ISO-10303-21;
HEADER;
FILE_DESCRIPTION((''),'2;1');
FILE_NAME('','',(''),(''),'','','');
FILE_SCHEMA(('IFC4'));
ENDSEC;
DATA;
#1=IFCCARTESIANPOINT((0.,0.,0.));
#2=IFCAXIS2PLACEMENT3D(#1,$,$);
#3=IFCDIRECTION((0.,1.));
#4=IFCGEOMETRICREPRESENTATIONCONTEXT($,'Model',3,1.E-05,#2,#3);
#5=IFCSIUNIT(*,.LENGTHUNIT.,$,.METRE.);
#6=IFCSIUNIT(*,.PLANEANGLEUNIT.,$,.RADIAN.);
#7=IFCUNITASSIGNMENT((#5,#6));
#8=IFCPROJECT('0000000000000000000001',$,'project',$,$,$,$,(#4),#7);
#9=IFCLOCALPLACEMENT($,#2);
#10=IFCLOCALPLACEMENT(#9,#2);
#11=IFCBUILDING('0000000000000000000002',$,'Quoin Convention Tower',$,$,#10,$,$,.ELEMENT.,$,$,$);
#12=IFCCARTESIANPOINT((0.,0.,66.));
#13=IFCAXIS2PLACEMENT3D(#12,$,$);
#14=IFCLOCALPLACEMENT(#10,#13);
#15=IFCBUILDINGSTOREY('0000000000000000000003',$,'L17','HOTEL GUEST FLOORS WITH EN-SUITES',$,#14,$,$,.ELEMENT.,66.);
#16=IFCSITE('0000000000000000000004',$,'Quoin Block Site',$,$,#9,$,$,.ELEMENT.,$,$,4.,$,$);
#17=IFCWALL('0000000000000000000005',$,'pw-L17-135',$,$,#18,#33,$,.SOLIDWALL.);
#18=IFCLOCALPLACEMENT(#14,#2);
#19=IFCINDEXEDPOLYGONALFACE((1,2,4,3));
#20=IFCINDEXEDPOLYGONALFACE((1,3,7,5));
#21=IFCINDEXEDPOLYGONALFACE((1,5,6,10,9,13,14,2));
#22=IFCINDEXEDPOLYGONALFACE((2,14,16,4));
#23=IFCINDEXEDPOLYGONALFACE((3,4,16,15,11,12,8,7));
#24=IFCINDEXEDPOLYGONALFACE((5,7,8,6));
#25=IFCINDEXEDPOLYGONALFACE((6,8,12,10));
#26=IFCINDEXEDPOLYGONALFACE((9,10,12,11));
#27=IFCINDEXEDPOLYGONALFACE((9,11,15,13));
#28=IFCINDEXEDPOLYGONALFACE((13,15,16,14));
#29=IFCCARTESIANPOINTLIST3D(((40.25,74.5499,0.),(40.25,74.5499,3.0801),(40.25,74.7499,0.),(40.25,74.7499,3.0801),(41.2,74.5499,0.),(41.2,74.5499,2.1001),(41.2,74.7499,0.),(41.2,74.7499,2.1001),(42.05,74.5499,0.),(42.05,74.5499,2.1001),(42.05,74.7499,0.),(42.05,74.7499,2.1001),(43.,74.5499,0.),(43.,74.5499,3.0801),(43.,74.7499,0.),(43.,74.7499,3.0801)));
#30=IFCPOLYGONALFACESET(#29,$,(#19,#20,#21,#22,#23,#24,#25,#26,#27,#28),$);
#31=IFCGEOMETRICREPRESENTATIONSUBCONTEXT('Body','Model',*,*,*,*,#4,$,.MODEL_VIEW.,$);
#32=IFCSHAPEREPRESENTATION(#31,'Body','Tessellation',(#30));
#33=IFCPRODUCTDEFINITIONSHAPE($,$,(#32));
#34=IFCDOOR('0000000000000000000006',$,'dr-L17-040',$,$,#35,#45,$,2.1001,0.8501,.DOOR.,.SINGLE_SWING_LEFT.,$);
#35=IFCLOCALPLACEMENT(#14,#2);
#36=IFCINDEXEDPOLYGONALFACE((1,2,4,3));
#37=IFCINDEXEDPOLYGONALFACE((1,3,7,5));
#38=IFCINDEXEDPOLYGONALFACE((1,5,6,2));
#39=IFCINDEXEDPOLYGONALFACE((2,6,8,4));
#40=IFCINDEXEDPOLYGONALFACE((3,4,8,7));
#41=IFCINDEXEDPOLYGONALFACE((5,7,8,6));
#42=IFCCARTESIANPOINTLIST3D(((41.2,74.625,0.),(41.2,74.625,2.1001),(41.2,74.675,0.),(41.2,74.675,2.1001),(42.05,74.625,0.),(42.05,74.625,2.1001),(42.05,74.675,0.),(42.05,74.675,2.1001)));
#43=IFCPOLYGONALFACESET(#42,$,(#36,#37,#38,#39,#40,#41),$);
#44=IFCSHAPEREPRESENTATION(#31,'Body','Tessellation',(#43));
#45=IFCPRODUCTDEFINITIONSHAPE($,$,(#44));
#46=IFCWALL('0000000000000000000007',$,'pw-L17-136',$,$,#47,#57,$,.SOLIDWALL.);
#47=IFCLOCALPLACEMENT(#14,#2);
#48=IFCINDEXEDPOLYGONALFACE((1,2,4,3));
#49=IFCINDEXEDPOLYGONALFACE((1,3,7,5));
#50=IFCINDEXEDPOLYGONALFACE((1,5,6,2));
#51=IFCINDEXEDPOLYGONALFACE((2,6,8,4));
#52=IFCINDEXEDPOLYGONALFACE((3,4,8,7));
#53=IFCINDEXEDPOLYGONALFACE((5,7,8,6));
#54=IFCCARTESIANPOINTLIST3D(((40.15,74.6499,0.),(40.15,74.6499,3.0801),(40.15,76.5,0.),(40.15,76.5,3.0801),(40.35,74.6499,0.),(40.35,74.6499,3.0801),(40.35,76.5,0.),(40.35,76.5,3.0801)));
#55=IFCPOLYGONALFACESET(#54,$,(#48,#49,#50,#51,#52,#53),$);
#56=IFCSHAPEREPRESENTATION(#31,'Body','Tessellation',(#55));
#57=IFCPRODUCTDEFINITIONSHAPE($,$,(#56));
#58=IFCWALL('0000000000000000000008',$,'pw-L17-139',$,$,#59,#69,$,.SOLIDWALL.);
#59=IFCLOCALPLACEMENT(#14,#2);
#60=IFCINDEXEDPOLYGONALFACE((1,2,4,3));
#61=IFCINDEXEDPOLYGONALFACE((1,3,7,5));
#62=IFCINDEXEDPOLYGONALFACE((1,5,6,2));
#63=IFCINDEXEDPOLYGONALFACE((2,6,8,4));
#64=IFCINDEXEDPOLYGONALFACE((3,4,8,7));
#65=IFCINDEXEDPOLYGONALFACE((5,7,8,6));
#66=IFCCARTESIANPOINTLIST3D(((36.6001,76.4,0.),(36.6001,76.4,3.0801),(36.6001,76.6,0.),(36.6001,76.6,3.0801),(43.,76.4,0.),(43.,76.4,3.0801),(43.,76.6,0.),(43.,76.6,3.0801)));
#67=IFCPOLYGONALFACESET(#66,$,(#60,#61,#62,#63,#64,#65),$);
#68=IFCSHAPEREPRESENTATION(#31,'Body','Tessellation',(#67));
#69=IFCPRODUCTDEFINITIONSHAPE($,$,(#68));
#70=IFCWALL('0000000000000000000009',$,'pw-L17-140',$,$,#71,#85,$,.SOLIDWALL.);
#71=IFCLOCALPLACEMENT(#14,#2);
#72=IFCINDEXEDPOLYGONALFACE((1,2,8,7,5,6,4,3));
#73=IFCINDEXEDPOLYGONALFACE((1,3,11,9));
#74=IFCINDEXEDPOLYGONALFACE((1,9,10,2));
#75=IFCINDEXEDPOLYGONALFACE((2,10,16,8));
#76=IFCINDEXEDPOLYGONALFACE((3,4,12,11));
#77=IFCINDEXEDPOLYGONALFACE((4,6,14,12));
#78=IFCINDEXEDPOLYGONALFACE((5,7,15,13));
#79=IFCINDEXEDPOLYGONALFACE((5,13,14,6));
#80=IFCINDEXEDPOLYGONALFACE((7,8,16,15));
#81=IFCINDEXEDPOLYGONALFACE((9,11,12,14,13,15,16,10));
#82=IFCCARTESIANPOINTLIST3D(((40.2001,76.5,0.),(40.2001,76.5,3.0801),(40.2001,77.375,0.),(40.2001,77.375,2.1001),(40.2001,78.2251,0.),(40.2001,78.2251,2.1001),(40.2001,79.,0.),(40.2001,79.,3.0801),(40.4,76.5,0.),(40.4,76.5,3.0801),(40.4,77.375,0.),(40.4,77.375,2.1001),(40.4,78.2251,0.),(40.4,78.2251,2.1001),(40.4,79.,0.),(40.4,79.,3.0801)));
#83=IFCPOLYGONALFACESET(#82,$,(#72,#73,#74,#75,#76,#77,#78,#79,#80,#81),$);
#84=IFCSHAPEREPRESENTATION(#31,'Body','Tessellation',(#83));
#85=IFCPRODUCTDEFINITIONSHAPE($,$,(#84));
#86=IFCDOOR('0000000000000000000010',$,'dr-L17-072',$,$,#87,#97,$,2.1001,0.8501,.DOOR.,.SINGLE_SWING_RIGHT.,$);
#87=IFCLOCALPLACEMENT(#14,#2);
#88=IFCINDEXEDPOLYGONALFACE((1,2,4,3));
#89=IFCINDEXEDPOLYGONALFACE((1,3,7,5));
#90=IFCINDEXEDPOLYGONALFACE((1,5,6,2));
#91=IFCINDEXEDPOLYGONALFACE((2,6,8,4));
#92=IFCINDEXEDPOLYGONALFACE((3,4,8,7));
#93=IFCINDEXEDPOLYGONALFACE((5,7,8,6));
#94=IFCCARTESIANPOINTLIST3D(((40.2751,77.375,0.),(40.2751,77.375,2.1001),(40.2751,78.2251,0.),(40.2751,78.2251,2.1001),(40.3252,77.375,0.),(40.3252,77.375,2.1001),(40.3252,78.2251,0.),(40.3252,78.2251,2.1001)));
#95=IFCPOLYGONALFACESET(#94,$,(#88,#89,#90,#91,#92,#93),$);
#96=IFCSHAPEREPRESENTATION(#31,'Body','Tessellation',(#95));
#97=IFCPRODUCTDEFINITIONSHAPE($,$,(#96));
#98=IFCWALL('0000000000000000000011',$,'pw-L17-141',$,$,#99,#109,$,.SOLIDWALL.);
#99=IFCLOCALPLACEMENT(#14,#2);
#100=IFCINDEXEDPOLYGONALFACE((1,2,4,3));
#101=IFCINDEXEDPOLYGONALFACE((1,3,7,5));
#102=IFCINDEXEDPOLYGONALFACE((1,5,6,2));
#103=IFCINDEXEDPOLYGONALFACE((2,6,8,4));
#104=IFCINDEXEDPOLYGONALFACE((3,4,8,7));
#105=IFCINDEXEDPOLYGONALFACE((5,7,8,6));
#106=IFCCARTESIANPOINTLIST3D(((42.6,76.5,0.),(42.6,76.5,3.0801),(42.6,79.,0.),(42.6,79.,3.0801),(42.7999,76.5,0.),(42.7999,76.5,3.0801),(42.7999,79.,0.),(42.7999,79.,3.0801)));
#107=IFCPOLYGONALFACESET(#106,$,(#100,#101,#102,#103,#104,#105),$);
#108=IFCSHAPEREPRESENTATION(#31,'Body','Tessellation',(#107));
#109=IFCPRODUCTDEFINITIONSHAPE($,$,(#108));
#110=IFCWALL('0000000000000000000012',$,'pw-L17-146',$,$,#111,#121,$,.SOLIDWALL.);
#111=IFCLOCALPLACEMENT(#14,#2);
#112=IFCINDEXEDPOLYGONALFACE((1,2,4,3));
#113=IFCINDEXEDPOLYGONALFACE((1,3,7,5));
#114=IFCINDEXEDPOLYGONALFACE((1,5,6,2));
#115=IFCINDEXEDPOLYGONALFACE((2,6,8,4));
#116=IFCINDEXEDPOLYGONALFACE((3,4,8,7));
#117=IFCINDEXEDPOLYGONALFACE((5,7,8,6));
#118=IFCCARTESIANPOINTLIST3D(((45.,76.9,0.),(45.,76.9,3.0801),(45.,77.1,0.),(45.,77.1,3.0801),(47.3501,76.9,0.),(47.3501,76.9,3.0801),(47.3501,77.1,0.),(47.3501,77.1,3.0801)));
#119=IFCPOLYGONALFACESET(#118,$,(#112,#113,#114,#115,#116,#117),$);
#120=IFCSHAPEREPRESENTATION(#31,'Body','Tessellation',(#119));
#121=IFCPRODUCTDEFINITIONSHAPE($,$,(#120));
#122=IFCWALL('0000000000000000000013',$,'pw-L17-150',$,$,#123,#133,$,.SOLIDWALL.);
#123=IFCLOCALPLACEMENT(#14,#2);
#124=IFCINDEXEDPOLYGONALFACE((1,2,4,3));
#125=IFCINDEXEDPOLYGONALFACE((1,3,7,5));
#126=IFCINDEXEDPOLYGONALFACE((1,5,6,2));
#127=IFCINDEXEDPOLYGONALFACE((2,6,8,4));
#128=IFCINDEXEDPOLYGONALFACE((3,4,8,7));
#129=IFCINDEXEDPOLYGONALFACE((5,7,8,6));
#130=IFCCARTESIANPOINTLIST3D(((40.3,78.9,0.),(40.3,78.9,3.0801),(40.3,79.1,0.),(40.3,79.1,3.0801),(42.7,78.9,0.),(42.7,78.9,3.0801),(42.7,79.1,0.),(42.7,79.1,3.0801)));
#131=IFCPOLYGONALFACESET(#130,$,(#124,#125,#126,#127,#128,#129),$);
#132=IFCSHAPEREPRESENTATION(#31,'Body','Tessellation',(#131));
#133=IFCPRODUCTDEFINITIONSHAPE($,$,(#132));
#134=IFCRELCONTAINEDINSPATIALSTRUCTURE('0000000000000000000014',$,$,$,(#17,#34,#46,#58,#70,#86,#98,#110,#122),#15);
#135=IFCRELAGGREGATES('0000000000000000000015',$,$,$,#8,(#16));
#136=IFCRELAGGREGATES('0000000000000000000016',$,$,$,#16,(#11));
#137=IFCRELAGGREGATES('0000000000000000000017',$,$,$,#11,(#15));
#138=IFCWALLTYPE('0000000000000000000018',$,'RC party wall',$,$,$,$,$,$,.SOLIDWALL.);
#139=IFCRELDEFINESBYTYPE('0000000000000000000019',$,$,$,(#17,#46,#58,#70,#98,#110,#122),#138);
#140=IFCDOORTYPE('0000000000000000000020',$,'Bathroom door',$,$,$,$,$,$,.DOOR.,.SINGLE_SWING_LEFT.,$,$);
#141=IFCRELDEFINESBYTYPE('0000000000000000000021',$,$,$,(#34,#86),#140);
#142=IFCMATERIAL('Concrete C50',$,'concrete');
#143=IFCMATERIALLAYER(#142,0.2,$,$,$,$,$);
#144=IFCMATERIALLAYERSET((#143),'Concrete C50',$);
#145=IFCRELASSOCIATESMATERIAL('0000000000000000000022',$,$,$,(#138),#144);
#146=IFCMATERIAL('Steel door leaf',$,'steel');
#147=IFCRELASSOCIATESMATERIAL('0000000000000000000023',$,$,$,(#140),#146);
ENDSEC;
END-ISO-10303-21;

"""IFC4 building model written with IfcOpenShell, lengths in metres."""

from ifc_helpers import new_model, si_unit, direction, frame, frame_2d, origin, place, context, subcontext, project, spatial, rectangle, extrude, material, layer, layer_set, type_object, element, fill, save


model = new_model("IFC4")

# Units and contexts
model_context = context("Model", 3, precision=1e-05, world=origin(), true_north=direction((0.0, 1.0)))
body_context = subcontext(model_context, "Body", "Model", "MODEL_VIEW")
ifc_project = project(units=[si_unit("LENGTHUNIT", "METRE"), si_unit("PLANEANGLEUNIT", "RADIAN")], contexts=[model_context])

# Site, building, storey
site_placement = place(None, origin())
site = spatial("IfcSite", under=ifc_project, at=site_placement, Name="Quoin Block Site", CompositionType="ELEMENT", RefElevation=4.0)
building_placement = place(site_placement, origin())
building = spatial("IfcBuilding", under=site, at=building_placement, Name="Quoin Convention Tower", CompositionType="ELEMENT")
storey_placement = place(building_placement, frame((0.0, 0.0, 66.0)))
storey = spatial("IfcBuildingStorey", under=building, at=storey_placement, Name="L17", Description="HOTEL GUEST FLOORS WITH EN-SUITES", CompositionType="ELEMENT", Elevation=66.0)

# Wall, opening, door
ifc_material_1 = material(Name="Concrete C50", Category="concrete")
ifc_layer_1 = layer(ifc_material_1, 0.2)
ifc_layer_set_1 = layer_set([ifc_layer_1], Name="Concrete C50")
wall_type_1 = type_object("IfcWallType", Name="RC party wall", PredefinedType="SOLIDWALL", material=ifc_layer_set_1)
wall_1_placement = place(storey_placement, frame((40.25, 74.6499, 0.0), z_axis=(0.0, 0.0, 1.0), x_axis=(1.0, 0.0, 0.0)))
wall_1 = element("IfcWall", 1, at=wall_1_placement, inside=storey, type_object=wall_type_1, Name="pw-L17-135", PredefinedType="SOLIDWALL", context=body_context, shape_type="SweptSolid", body=[
    extrude(rectangle(XDim=2.75, YDim=0.2, at=frame_2d((1.375, 0.0))), origin(), (0.0, 0.0, 1.0), 3.0801),
])
opening_1_placement = place(wall_1_placement, frame((0.95, 0.0, 0.0)))
opening_1 = element("IfcOpeningElement", 2, at=opening_1_placement, cuts=wall_1, PredefinedType="OPENING", context=body_context, shape_type="SweptSolid", body=[
    extrude(rectangle(XDim=0.8501, YDim=2.1001, at=frame_2d((0.425, 1.05))), frame((0.0, 0.1099, 0.0), z_axis=(0.0, -1.0, 0.0), x_axis=(1.0, 0.0, 0.0)), (0.0, 0.0, 1.0), 0.22),
])
ifc_material_2 = material(Name="Steel door leaf", Category="steel")
door_type = type_object("IfcDoorType", Name="Bathroom door", OperationType="SINGLE_SWING_LEFT", PredefinedType="DOOR", material=ifc_material_2)
door_1_placement = place(opening_1_placement, frame((0.8501, 0.0, 0.0), z_axis=(0.0, 0.0, 1.0), x_axis=(-1.0, 0.0, 0.0)))
door_1 = element("IfcDoor", 3, at=door_1_placement, inside=storey, type_object=door_type, Name="dr-L17-040", OperationType="SINGLE_SWING_LEFT", OverallHeight=2.1001, OverallWidth=0.8501, PredefinedType="DOOR", context=body_context, shape_type="SweptSolid", body=[
    extrude(rectangle(XDim=0.8501, YDim=2.1001, at=frame_2d((0.425, 1.05))), frame((0.0, 0.0249, 0.0), z_axis=(0.0, -1.0, 0.0), x_axis=(1.0, 0.0, 0.0)), (0.0, 0.0, 1.0), 0.05),
])
fill(opening_1, door_1)

# Walls
wall_2_placement = place(storey_placement, frame((40.25, 74.6499, 0.0), z_axis=(0.0, 0.0, 1.0), x_axis=(0.0, 1.0, 0.0)))
element("IfcWall", 4, at=wall_2_placement, inside=storey, type_object=wall_type_1, Name="pw-L17-136", PredefinedType="SOLIDWALL", context=body_context, shape_type="SweptSolid", body=[
    extrude(rectangle(XDim=1.8501, YDim=0.2, at=frame_2d((0.925, 0.0))), origin(), (0.0, 0.0, 1.0), 3.0801),
])
wall_3_placement = place(storey_placement, frame((36.6001, 76.5, 0.0), z_axis=(0.0, 0.0, 1.0), x_axis=(1.0, 0.0, 0.0)))
element("IfcWall", 5, at=wall_3_placement, inside=storey, type_object=wall_type_1, Name="pw-L17-139", PredefinedType="SOLIDWALL", context=body_context, shape_type="SweptSolid", body=[
    extrude(rectangle(XDim=6.3999, YDim=0.2, at=frame_2d((3.2, 0.0))), origin(), (0.0, 0.0, 1.0), 3.0801),
])

# Wall, opening, door
wall_4_placement = place(storey_placement, frame((40.3, 76.5, 0.0), z_axis=(0.0, 0.0, 1.0), x_axis=(0.0, 1.0, 0.0)))
wall_4 = element("IfcWall", 6, at=wall_4_placement, inside=storey, type_object=wall_type_1, Name="pw-L17-140", PredefinedType="SOLIDWALL", context=body_context, shape_type="SweptSolid", body=[
    extrude(rectangle(XDim=2.5, YDim=0.2, at=frame_2d((1.25, 0.0))), origin(), (0.0, 0.0, 1.0), 3.0801),
])
opening_2_placement = place(wall_4_placement, frame((0.875, 0.0, 0.0)))
opening_2 = element("IfcOpeningElement", 7, at=opening_2_placement, cuts=wall_4, PredefinedType="OPENING", context=body_context, shape_type="SweptSolid", body=[
    extrude(rectangle(XDim=0.8501, YDim=2.1001, at=frame_2d((0.425, 1.05))), frame((0.0, 0.1099, 0.0), z_axis=(0.0, -1.0, 0.0), x_axis=(1.0, 0.0, 0.0)), (0.0, 0.0, 1.0), 0.22),
])
door_2_placement = place(opening_2_placement, origin())
door_2 = element("IfcDoor", 8, at=door_2_placement, inside=storey, type_object=door_type, Name="dr-L17-072", OperationType="SINGLE_SWING_RIGHT", OverallHeight=2.1001, OverallWidth=0.8501, PredefinedType="DOOR", context=body_context, shape_type="SweptSolid", body=[
    extrude(rectangle(XDim=0.8501, YDim=2.1001, at=frame_2d((0.425, 1.05))), frame((0.0, 0.0249, 0.0), z_axis=(0.0, -1.0, 0.0), x_axis=(1.0, 0.0, 0.0)), (0.0, 0.0, 1.0), 0.05),
])
fill(opening_2, door_2)

# Walls
wall_5_placement = place(storey_placement, frame((42.7, 76.5, 0.0), z_axis=(0.0, 0.0, 1.0), x_axis=(0.0, 1.0, 0.0)))
element("IfcWall", 9, at=wall_5_placement, inside=storey, type_object=wall_type_1, Name="pw-L17-141", PredefinedType="SOLIDWALL", context=body_context, shape_type="SweptSolid", body=[
    extrude(rectangle(XDim=2.5, YDim=0.2, at=frame_2d((1.25, 0.0))), origin(), (0.0, 0.0, 1.0), 3.0801),
])
wall_6_placement = place(storey_placement, frame((45.0, 77.0, 0.0), z_axis=(0.0, 0.0, 1.0), x_axis=(1.0, 0.0, 0.0)))
element("IfcWall", 10, at=wall_6_placement, inside=storey, type_object=wall_type_1, Name="pw-L17-146", PredefinedType="SOLIDWALL", context=body_context, shape_type="SweptSolid", body=[
    extrude(rectangle(XDim=2.3501, YDim=0.2, at=frame_2d((1.175, 0.0))), origin(), (0.0, 0.0, 1.0), 3.0801),
])
wall_7_placement = place(storey_placement, frame((40.3, 79.0, 0.0), z_axis=(0.0, 0.0, 1.0), x_axis=(1.0, 0.0, 0.0)))
element("IfcWall", 11, at=wall_7_placement, inside=storey, type_object=wall_type_1, Name="pw-L17-150", PredefinedType="SOLIDWALL", context=body_context, shape_type="SweptSolid", body=[
    extrude(rectangle(XDim=2.3999, YDim=0.2, at=frame_2d((1.2, 0.0))), origin(), (0.0, 0.0, 1.0), 3.0801),
])

save(model, "model.ifc")
